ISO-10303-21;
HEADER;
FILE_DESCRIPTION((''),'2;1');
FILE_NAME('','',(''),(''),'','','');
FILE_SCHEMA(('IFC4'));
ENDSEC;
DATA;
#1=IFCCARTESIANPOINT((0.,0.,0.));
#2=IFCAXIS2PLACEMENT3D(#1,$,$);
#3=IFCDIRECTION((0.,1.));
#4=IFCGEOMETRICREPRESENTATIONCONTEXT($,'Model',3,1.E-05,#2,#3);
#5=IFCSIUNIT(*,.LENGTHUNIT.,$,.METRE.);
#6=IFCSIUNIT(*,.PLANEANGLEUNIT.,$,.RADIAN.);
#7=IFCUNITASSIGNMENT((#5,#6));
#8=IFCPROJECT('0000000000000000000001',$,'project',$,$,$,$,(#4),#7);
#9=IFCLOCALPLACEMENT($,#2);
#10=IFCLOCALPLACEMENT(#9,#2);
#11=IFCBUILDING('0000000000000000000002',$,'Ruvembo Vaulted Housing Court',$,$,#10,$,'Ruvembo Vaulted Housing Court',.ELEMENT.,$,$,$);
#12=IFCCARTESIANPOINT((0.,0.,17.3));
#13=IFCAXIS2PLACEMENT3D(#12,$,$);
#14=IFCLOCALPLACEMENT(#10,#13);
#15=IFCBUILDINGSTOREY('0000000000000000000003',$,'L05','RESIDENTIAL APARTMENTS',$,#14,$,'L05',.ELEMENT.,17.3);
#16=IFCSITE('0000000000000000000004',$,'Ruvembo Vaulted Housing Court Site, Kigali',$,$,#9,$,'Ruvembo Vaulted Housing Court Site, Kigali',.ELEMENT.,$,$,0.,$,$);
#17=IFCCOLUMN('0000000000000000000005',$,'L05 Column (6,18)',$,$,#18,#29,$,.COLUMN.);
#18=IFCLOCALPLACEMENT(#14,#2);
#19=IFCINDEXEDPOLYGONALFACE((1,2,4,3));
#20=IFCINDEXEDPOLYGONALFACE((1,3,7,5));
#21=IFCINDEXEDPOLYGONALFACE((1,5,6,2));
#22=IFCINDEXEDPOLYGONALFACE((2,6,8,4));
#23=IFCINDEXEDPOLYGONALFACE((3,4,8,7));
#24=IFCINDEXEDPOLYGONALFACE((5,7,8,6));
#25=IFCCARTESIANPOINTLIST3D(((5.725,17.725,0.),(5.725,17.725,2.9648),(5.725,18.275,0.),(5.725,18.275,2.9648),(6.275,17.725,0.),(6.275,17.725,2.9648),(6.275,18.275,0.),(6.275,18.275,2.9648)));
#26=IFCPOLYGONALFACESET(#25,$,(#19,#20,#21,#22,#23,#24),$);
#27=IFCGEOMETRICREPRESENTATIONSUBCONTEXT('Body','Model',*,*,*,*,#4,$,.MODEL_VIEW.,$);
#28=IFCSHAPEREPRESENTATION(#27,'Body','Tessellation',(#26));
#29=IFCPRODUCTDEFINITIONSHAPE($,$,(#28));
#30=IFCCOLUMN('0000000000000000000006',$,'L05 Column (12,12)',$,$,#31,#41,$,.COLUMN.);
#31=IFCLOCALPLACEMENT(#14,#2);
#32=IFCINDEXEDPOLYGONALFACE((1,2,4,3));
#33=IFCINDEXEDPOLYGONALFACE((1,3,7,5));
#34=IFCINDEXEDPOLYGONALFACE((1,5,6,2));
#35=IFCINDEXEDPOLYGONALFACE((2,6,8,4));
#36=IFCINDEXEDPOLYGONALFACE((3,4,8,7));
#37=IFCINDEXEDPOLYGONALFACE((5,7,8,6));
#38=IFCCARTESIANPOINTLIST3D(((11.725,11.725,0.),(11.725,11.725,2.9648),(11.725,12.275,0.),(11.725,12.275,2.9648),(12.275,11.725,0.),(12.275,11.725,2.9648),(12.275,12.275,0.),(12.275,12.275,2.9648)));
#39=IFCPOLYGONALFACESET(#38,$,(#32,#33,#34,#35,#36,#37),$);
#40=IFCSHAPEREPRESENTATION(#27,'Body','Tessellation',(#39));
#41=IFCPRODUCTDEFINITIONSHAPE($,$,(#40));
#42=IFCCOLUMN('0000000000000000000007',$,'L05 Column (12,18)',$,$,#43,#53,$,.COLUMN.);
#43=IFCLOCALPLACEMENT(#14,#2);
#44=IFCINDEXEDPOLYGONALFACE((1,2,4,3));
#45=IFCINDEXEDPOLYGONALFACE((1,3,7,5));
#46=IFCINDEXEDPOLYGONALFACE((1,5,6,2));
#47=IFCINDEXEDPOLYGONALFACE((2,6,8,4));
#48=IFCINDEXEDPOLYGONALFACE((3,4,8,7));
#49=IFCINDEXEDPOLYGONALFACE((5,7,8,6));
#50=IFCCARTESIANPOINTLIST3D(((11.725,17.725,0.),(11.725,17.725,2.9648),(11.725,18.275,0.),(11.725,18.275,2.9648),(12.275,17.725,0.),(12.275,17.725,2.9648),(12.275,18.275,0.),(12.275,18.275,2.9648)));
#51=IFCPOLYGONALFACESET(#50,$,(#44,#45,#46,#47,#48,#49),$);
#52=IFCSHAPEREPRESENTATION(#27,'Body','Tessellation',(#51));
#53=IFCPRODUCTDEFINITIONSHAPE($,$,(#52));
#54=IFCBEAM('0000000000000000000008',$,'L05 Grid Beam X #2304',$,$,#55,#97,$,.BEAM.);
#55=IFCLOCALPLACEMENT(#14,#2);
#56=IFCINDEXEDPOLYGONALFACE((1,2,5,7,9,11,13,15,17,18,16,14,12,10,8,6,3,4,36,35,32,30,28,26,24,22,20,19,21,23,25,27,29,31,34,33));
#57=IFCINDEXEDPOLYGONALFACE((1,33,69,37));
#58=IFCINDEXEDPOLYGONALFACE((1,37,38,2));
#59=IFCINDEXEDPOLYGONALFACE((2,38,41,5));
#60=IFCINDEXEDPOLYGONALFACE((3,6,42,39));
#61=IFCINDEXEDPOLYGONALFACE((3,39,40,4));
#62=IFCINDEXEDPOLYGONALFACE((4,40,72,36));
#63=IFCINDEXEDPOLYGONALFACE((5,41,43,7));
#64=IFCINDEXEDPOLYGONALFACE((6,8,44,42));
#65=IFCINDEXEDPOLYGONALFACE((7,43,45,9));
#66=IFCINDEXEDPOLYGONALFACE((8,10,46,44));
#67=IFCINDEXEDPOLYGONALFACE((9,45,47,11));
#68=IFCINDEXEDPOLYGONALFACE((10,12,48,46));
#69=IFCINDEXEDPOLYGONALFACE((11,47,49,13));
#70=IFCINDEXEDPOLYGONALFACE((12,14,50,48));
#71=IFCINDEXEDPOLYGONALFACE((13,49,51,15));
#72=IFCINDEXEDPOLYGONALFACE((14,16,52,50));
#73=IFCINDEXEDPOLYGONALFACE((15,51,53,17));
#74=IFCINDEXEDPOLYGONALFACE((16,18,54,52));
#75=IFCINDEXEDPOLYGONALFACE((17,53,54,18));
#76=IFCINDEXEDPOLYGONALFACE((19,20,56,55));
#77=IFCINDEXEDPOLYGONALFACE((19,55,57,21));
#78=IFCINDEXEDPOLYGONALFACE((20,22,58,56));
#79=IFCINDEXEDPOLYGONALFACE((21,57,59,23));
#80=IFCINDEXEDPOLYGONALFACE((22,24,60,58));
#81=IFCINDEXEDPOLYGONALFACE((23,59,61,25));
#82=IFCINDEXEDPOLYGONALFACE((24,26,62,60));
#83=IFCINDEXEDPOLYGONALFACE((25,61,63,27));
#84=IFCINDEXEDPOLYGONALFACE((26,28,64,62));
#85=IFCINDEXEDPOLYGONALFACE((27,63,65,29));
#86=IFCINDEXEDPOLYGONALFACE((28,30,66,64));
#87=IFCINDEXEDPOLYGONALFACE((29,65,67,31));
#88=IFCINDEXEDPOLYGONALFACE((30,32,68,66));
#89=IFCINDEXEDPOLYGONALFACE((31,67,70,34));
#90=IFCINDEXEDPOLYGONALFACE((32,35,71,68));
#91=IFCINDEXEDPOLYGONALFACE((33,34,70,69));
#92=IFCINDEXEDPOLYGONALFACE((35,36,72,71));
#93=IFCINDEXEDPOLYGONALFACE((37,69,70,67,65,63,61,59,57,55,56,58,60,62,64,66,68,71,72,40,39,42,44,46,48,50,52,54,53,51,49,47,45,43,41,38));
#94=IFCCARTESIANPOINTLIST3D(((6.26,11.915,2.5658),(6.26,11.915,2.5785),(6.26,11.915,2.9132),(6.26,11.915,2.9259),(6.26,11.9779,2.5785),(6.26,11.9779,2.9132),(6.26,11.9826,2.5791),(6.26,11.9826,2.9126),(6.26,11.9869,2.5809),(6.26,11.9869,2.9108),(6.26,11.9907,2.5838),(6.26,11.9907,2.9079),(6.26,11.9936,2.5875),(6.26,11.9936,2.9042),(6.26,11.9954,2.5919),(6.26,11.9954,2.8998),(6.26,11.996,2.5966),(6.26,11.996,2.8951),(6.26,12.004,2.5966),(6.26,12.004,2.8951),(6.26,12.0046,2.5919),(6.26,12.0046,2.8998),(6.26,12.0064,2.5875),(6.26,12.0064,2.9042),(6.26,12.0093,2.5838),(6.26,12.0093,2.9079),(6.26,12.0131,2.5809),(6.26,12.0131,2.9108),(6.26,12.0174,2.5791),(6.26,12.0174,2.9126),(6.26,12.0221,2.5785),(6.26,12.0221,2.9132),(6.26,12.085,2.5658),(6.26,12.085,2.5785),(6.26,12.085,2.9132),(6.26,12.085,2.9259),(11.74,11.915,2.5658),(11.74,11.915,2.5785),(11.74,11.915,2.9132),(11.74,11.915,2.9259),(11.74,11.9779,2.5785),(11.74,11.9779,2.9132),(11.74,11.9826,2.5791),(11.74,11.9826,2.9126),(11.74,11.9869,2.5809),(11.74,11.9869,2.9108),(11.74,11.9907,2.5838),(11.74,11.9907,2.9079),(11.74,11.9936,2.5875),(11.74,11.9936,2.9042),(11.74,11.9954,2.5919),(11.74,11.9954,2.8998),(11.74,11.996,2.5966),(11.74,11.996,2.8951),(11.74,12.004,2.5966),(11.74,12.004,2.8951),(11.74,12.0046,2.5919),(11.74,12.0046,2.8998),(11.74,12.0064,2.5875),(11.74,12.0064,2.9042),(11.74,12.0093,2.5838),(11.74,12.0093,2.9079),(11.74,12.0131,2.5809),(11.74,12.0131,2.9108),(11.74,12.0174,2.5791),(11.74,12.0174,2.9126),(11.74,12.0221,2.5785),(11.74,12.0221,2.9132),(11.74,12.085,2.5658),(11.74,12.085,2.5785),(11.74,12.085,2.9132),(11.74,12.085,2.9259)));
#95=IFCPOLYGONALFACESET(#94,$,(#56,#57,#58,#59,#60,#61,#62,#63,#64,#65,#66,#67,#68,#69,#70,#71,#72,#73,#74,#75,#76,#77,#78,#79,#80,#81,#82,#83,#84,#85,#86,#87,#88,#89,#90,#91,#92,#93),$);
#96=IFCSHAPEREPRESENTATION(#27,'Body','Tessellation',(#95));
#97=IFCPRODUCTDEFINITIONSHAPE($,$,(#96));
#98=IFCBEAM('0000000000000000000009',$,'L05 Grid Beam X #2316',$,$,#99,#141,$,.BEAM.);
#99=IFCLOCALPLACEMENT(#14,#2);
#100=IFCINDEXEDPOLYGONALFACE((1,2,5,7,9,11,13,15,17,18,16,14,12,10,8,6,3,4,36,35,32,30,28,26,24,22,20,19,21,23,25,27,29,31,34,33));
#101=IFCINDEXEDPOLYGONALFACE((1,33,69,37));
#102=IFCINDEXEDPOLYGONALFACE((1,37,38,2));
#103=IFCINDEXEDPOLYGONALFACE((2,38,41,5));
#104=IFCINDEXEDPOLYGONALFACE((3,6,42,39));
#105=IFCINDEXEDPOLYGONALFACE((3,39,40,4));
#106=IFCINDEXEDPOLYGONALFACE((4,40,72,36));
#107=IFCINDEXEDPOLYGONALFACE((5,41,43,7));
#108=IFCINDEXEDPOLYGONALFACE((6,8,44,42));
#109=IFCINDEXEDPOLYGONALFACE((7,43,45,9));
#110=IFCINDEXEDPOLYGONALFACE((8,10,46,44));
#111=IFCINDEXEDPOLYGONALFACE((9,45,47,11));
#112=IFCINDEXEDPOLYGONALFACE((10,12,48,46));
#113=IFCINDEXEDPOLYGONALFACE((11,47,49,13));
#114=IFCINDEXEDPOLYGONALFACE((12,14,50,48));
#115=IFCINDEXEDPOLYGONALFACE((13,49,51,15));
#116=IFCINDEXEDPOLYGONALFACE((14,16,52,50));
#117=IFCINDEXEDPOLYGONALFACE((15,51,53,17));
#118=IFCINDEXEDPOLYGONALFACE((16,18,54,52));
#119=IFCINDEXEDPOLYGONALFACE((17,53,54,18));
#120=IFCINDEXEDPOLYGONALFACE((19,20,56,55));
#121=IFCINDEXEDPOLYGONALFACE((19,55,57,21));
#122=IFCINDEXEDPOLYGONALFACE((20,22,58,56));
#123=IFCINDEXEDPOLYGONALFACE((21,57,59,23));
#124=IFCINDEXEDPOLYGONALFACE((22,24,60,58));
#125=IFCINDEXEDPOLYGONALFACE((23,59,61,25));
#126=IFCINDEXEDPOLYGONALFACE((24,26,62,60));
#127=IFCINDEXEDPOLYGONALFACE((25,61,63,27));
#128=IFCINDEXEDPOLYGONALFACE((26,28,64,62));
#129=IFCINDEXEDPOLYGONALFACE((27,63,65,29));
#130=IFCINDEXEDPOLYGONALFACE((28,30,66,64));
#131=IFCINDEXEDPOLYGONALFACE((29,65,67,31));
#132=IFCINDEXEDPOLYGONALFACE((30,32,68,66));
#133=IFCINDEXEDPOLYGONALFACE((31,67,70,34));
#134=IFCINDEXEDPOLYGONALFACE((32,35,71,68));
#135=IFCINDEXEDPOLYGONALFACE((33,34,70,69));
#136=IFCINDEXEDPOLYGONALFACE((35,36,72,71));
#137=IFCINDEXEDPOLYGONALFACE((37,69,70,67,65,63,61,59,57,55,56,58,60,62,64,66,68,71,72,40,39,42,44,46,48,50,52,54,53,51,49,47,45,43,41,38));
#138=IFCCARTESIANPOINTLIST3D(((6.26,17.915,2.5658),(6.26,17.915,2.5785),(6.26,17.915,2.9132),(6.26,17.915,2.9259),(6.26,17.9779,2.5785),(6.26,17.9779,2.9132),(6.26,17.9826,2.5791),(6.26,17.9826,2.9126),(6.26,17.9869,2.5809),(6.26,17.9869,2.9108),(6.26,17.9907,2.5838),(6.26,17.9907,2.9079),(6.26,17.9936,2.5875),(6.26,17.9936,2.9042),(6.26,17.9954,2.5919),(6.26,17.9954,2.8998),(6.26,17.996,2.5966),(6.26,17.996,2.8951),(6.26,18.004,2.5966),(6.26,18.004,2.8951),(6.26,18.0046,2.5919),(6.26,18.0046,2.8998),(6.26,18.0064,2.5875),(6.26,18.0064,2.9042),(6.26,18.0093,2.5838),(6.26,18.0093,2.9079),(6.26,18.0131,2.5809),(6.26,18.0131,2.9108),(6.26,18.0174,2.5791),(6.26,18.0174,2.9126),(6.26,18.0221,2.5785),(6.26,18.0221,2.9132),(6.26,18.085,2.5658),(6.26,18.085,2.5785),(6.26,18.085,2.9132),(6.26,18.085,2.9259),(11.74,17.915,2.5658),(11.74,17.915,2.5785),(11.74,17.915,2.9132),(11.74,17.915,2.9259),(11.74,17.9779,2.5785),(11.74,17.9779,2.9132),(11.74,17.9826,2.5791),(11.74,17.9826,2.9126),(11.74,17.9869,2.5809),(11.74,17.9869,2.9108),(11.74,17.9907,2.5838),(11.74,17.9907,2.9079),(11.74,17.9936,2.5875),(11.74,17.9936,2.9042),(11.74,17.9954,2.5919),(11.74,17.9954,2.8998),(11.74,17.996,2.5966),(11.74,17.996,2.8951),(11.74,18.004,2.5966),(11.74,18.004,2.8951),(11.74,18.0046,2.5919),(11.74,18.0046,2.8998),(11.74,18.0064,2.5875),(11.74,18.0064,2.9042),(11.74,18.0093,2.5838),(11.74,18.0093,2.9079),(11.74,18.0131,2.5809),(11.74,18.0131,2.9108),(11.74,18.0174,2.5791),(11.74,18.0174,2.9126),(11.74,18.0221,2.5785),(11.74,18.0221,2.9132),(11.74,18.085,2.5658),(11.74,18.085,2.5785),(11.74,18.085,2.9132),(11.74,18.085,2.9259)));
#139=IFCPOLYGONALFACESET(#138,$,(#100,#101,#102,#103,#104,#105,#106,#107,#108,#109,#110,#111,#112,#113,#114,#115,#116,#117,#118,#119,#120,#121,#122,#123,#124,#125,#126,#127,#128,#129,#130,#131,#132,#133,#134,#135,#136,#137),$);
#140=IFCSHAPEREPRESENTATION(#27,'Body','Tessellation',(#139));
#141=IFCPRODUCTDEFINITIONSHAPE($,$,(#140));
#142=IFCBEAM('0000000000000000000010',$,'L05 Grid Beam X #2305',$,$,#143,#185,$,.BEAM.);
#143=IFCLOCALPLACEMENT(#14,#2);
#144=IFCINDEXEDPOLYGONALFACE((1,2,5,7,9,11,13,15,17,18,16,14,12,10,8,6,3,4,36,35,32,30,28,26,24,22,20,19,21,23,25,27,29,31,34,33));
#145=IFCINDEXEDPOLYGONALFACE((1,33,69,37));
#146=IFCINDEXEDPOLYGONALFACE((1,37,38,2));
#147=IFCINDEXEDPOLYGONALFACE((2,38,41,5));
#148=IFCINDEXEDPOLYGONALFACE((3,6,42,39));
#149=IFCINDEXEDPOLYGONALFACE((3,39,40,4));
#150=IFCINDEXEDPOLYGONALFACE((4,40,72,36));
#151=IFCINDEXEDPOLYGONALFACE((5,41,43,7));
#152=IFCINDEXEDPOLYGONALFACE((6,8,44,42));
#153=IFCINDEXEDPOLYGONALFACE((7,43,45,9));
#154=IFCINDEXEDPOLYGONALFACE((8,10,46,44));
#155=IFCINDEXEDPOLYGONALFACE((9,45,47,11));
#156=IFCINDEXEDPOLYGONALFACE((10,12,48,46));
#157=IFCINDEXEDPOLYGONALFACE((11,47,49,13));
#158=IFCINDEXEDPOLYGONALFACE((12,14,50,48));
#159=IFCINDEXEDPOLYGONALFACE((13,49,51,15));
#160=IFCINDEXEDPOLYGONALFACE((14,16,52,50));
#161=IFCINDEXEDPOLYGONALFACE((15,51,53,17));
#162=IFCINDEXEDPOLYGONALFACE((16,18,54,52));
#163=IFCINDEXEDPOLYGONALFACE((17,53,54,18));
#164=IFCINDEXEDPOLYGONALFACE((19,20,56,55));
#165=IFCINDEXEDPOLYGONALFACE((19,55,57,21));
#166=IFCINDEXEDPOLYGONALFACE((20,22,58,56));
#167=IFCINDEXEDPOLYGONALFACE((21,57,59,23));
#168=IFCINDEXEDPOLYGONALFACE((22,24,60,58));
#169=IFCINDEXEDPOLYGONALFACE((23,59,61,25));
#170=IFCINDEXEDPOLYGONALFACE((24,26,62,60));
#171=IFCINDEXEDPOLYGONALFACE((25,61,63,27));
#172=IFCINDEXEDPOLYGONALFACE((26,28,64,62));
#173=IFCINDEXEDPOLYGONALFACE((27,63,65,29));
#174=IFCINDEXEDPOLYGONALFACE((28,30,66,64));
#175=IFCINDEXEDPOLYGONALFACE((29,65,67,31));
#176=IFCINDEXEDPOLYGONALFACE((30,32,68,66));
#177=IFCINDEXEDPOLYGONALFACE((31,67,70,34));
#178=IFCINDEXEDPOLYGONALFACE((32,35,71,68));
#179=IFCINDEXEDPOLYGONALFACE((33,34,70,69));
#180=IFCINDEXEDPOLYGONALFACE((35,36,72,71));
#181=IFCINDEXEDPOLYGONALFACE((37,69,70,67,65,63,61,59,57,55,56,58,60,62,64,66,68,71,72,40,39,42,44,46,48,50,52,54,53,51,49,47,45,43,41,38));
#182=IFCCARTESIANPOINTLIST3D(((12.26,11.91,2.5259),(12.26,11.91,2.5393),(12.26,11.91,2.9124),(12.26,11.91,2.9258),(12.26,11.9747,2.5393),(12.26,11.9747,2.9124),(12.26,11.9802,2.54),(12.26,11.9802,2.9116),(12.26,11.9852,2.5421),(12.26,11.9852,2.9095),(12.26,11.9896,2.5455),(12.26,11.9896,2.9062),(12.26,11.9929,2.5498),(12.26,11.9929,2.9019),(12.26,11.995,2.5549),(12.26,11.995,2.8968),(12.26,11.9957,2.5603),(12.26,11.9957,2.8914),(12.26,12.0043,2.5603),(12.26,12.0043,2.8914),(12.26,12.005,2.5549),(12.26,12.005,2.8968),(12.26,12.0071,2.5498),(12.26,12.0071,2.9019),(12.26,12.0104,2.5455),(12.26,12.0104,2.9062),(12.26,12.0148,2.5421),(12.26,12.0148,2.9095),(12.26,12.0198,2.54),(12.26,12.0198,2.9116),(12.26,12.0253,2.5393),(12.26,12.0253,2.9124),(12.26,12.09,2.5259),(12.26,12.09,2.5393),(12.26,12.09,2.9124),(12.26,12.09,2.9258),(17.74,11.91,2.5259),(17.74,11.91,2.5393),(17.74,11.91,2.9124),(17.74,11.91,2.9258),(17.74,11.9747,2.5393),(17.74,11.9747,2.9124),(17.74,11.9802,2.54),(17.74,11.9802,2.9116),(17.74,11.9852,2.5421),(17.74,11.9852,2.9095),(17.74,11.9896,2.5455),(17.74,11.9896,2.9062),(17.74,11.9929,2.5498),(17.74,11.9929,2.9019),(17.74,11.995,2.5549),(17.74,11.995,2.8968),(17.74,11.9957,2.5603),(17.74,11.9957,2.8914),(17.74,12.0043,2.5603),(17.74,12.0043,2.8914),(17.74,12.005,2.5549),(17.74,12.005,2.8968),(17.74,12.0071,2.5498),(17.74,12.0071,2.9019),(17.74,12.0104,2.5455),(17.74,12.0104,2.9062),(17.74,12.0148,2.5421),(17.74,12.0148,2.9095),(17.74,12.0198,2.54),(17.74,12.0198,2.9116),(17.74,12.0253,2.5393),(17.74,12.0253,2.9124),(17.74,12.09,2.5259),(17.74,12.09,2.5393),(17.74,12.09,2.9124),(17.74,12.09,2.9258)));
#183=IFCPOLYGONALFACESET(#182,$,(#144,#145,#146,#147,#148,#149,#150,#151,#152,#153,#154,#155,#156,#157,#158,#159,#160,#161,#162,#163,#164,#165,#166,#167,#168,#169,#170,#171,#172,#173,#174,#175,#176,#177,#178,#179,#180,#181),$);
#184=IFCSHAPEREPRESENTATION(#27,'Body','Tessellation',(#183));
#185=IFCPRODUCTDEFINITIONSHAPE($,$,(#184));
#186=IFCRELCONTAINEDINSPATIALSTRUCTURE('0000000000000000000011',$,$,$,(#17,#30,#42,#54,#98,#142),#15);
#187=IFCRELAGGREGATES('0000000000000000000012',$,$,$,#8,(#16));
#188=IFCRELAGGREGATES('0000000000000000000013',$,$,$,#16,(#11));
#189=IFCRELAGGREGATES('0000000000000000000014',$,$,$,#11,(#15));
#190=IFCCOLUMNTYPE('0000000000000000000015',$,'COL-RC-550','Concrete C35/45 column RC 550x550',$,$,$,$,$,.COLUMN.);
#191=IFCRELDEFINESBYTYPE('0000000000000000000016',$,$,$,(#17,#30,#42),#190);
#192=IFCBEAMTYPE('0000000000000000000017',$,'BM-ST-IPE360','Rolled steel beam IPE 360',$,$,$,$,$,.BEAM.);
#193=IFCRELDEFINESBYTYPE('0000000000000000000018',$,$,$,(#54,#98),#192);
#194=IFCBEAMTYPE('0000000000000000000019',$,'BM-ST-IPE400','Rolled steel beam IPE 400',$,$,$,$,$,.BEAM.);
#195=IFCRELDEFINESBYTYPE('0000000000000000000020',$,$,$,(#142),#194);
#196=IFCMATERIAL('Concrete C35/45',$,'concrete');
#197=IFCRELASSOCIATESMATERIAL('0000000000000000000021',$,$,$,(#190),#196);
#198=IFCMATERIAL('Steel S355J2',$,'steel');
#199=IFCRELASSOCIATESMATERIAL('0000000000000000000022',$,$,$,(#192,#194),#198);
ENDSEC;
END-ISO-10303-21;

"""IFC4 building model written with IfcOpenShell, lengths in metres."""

from ifc_helpers import new_model, si_unit, direction, frame, origin, origin_2d, place, context, subcontext, project, spatial, rectangle, i_section, extrude, material, material_profile, profile_set, type_object, element, save


model = new_model("IFC4")

# Units and contexts
model_context = context("Model", 3, precision=1e-05, world=origin(), true_north=direction((0.0, 1.0)))
body_context = subcontext(model_context, "Body", "Model", "MODEL_VIEW")
ifc_project = project(units=[si_unit("LENGTHUNIT", "METRE"), si_unit("PLANEANGLEUNIT", "RADIAN")], contexts=[model_context])

# Site, building, storey
site_placement = place(None, origin())
site = spatial("IfcSite", under=ifc_project, at=site_placement, Name="Ruvembo Vaulted Housing Court Site, Kigali", LongName="Ruvembo Vaulted Housing Court Site, Kigali", CompositionType="ELEMENT", RefElevation=0.0)
building_placement = place(site_placement, origin())
building = spatial("IfcBuilding", under=site, at=building_placement, Name="Ruvembo Vaulted Housing Court", LongName="Ruvembo Vaulted Housing Court", CompositionType="ELEMENT")
storey_placement = place(building_placement, frame((0.0, 0.0, 17.3)))
storey = spatial("IfcBuildingStorey", under=building, at=storey_placement, Name="L05", Description="RESIDENTIAL APARTMENTS", LongName="L05", CompositionType="ELEMENT", Elevation=17.3)

# Columns
ifc_material_1 = material(Name="Concrete C35/45", Category="concrete")
ifc_material_profile_1 = material_profile(ifc_material_1, rectangle(XDim=0.55, YDim=0.55, at=origin_2d()), Name="RC 550x550")
ifc_profile_set_1 = profile_set([ifc_material_profile_1], Name="Concrete C35/45")
column_type = type_object("IfcColumnType", Name="COL-RC-550", Description="Concrete C35/45 column RC 550x550", PredefinedType="COLUMN", material=ifc_profile_set_1)
for number, where, z_axis, x_axis, name in (
    (1, (6.0, 18.0, 0.0), (0.0, 0.0, 1.0), (1.0, 0.0, 0.0), "L05 Column (6,18)"),
    (2, (12.0, 12.0, 0.0), (0.0, 0.0, 1.0), (1.0, 0.0, 0.0), "L05 Column (12,12)"),
    (3, (12.0, 18.0, 0.0), (0.0, 0.0, 1.0), (1.0, 0.0, 0.0), "L05 Column (12,18)"),
):
    element("IfcColumn", number, at=place(storey_placement, frame(where, z_axis=z_axis, x_axis=x_axis)), inside=storey, type_object=column_type, Name=name, PredefinedType="COLUMN", context=body_context, shape_type="SweptSolid", body=[
        extrude(rectangle(XDim=0.55, YDim=0.55, at=origin_2d()), origin(), (0.0, 0.0, 1.0), 2.9648),
    ])

# Beams
ifc_material_2 = material(Name="Steel S355J2", Category="steel")
ifc_material_profile_2 = material_profile(ifc_material_2, i_section(OverallWidth=0.1699, OverallDepth=0.3601, WebThickness=0.0081, FlangeThickness=0.0127, FilletRadius=0.0181, at=origin_2d()), Name="IPE 360")
ifc_profile_set_2 = profile_set([ifc_material_profile_2], Name="Steel S355J2")
beam_type_1 = type_object("IfcBeamType", Name="BM-ST-IPE360", Description="Rolled steel beam IPE 360", PredefinedType="BEAM", material=ifc_profile_set_2)
for number, where, z_axis, x_axis, name in (
    (4, (6.26, 12.0, 2.7458), (1.0, 0.0, 0.0), (0.0, 1.0, 0.0), "L05 Grid Beam X #2304"),
    (5, (6.26, 18.0, 2.7458), (1.0, 0.0, 0.0), (0.0, 1.0, 0.0), "L05 Grid Beam X #2316"),
):
    element("IfcBeam", number, at=place(storey_placement, frame(where, z_axis=z_axis, x_axis=x_axis)), inside=storey, type_object=beam_type_1, Name=name, PredefinedType="BEAM", context=body_context, shape_type="SweptSolid", body=[
        extrude(i_section(OverallWidth=0.1699, OverallDepth=0.3601, WebThickness=0.0081, FlangeThickness=0.0127, FilletRadius=0.0181, at=origin_2d()), origin(), (0.0, 0.0, 1.0), 5.48),
    ])
ifc_material_profile_3 = material_profile(ifc_material_2, i_section(OverallWidth=0.1799, OverallDepth=0.3999, WebThickness=0.0085, FlangeThickness=0.0134, FilletRadius=0.021, at=origin_2d()), Name="IPE 400")
ifc_profile_set_3 = profile_set([ifc_material_profile_3], Name="Steel S355J2")
beam_type_2 = type_object("IfcBeamType", Name="BM-ST-IPE400", Description="Rolled steel beam IPE 400", PredefinedType="BEAM", material=ifc_profile_set_3)
for number, where, z_axis, x_axis, name in (
    (6, (12.26, 12.0, 2.7258), (1.0, 0.0, 0.0), (0.0, 1.0, 0.0), "L05 Grid Beam X #2305"),
):
    element("IfcBeam", number, at=place(storey_placement, frame(where, z_axis=z_axis, x_axis=x_axis)), inside=storey, type_object=beam_type_2, Name=name, PredefinedType="BEAM", context=body_context, shape_type="SweptSolid", body=[
        extrude(i_section(OverallWidth=0.1799, OverallDepth=0.3999, WebThickness=0.0085, FlangeThickness=0.0134, FilletRadius=0.021, at=origin_2d()), origin(), (0.0, 0.0, 1.0), 5.48),
    ])

save(model, "model.ifc")
